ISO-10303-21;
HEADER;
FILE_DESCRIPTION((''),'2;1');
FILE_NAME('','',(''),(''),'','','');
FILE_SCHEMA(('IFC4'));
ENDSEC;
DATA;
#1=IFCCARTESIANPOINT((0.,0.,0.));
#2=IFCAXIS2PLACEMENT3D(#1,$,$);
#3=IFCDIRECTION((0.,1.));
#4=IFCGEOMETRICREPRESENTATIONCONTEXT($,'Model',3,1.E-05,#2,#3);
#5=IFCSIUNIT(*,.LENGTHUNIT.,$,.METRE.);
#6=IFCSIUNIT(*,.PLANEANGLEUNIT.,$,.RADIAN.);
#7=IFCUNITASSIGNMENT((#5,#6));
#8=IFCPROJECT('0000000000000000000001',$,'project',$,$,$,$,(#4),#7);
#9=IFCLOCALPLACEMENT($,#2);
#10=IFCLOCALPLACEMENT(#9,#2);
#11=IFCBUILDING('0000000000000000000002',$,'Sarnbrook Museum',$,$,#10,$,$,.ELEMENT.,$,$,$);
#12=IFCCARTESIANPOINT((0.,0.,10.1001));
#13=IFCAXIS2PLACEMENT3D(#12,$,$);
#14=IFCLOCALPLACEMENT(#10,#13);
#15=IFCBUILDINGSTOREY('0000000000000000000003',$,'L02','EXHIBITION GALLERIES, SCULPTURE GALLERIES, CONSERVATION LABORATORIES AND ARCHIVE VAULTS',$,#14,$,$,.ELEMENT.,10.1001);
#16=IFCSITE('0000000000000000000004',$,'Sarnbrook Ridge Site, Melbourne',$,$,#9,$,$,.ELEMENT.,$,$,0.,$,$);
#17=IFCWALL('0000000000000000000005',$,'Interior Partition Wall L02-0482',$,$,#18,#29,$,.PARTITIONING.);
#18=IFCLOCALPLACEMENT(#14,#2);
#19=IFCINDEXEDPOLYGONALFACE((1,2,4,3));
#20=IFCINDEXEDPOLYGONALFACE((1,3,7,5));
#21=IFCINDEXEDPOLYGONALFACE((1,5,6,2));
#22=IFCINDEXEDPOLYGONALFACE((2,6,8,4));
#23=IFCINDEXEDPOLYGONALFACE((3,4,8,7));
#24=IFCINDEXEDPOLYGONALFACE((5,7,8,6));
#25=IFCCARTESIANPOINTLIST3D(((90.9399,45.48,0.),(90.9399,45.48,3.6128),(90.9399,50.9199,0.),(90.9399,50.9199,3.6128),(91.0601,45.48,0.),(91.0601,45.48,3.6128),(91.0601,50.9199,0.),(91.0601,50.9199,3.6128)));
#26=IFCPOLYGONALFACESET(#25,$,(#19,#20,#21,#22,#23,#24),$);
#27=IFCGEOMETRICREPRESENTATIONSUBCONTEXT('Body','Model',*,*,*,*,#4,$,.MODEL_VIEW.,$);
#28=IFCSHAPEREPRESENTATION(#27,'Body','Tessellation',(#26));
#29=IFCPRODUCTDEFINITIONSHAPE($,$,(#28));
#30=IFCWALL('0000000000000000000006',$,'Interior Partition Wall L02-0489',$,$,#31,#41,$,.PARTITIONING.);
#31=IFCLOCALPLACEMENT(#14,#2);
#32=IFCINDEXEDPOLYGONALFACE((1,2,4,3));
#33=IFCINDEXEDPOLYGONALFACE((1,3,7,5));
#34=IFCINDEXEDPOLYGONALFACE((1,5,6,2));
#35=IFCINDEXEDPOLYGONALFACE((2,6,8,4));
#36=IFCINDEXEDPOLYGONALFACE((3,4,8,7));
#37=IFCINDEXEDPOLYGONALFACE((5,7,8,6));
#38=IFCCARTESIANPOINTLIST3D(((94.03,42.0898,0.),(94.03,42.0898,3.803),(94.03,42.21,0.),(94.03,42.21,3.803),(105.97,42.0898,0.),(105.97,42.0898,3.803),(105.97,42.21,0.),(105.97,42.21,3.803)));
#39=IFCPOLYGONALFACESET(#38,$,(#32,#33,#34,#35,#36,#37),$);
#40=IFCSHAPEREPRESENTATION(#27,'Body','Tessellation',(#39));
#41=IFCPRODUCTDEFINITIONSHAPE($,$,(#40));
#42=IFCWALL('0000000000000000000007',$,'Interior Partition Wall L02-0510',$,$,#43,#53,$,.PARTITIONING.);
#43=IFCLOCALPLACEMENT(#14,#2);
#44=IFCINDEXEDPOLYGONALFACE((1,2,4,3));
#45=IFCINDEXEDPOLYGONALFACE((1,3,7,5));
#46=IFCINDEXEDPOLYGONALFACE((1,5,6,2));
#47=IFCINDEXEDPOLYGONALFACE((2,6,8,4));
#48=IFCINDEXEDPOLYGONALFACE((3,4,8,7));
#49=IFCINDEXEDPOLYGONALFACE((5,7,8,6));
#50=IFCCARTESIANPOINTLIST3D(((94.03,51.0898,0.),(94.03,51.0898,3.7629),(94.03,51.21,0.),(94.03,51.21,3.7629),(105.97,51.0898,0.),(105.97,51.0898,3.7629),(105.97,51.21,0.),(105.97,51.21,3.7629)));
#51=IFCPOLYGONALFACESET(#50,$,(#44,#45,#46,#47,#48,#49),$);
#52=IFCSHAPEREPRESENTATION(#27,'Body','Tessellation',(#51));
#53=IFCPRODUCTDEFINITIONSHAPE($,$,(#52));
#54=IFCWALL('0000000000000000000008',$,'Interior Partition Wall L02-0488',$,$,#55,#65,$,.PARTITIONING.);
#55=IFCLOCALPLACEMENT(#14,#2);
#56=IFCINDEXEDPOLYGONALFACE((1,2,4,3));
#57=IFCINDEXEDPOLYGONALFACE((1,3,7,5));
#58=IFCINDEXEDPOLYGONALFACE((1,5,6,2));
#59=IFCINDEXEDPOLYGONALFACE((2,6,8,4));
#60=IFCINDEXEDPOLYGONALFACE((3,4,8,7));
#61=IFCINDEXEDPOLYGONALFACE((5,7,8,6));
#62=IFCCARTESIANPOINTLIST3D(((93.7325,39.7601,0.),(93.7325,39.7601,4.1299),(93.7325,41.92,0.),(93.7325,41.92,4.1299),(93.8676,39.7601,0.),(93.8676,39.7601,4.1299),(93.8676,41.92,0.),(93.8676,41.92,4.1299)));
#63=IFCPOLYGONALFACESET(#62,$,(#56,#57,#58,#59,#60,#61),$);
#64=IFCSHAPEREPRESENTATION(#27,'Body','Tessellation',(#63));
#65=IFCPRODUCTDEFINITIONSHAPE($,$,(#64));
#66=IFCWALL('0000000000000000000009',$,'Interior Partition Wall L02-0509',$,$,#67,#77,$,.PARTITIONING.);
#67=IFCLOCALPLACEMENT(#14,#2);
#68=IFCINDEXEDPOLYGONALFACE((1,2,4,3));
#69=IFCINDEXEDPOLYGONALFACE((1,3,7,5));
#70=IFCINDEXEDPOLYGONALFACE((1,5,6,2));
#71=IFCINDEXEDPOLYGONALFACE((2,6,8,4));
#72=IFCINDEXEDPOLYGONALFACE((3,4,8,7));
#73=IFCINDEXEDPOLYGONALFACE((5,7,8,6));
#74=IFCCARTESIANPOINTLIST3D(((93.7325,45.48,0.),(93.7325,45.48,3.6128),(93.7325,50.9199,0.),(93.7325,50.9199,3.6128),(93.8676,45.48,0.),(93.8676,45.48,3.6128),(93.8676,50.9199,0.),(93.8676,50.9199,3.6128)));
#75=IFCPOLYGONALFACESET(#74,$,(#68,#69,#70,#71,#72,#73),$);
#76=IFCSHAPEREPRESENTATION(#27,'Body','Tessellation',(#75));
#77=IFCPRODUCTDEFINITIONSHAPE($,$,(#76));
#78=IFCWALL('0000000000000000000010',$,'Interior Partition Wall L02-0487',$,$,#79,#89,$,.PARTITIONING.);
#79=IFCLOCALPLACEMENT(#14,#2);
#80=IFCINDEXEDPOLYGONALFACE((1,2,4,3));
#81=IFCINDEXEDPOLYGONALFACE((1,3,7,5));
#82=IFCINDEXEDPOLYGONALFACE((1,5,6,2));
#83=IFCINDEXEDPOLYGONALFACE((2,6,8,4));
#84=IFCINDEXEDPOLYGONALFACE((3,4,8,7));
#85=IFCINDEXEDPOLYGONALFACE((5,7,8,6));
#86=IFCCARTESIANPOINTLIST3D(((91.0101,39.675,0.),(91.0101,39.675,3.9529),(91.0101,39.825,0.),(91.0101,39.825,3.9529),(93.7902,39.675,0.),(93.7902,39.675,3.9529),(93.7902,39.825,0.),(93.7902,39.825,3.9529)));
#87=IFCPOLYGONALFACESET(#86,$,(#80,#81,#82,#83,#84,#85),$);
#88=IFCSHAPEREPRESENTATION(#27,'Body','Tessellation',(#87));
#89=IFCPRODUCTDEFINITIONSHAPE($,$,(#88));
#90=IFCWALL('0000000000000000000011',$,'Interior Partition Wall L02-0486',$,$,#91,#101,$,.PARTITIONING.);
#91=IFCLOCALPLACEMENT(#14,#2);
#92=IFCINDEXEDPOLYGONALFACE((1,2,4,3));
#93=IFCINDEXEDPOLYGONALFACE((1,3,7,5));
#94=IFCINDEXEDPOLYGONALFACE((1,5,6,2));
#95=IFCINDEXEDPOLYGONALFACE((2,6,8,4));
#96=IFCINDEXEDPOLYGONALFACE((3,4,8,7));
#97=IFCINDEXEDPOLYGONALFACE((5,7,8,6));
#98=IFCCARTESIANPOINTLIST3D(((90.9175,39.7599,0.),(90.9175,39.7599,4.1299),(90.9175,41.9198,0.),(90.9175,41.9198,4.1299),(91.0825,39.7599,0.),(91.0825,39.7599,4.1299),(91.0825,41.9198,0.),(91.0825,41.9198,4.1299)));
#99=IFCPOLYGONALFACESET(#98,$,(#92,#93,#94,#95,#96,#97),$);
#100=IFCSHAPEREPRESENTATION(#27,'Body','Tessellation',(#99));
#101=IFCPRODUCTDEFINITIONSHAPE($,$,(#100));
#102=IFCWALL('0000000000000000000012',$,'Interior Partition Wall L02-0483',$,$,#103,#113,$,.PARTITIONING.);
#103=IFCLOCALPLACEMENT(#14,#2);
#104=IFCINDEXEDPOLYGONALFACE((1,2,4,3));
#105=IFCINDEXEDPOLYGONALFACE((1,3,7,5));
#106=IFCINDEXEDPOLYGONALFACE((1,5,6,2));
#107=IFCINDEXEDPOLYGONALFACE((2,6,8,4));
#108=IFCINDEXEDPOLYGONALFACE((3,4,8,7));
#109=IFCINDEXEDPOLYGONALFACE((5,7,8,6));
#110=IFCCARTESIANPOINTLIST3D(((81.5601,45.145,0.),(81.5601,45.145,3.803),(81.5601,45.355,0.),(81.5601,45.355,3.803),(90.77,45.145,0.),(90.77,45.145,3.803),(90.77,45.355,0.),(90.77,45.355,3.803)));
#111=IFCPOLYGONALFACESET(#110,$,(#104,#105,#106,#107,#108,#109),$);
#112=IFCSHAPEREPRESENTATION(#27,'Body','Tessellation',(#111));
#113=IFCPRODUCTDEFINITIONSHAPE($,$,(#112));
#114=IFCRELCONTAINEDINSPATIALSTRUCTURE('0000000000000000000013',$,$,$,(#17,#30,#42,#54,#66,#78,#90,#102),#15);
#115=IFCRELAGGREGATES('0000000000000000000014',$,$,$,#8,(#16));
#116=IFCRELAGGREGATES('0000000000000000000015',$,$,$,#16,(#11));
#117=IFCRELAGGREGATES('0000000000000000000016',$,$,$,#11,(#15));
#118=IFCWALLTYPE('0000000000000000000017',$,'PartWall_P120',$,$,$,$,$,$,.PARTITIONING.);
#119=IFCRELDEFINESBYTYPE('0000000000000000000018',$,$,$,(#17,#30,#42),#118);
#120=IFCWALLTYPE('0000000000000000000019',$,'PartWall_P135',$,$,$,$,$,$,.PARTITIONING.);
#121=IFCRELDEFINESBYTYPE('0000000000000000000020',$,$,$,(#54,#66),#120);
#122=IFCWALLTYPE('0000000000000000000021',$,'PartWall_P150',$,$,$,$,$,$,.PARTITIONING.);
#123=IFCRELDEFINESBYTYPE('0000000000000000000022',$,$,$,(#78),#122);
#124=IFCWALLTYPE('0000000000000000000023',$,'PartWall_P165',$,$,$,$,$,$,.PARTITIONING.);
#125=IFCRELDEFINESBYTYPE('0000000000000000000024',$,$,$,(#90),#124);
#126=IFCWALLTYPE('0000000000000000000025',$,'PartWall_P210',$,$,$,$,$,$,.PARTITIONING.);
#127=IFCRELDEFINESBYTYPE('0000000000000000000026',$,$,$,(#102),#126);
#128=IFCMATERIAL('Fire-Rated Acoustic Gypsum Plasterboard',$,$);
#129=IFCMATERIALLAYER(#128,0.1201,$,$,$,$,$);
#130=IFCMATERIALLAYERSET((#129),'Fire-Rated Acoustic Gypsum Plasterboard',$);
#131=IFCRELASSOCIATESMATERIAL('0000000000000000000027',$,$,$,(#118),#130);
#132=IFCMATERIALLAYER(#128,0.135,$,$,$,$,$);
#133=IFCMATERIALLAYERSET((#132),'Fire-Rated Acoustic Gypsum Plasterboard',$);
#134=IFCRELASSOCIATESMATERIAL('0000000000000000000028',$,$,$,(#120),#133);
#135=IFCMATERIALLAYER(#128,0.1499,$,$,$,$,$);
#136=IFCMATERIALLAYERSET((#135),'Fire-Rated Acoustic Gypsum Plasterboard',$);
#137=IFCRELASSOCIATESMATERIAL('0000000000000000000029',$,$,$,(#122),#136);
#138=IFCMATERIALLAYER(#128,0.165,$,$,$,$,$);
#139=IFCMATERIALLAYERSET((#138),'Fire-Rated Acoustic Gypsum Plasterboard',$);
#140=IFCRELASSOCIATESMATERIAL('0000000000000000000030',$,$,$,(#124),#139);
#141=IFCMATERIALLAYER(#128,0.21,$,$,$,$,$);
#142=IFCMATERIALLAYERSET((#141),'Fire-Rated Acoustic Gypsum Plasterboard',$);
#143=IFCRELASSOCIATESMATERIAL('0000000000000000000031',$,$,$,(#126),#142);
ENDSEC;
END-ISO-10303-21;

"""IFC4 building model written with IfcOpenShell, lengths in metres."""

from ifc_helpers import new_model, si_unit, direction, frame, frame_2d, origin, place, context, subcontext, project, spatial, rectangle, extrude, material, layer, layer_set, type_object, element, save


model = new_model("IFC4")

# Units and contexts
model_context = context("Model", 3, precision=1e-05, world=origin(), true_north=direction((0.0, 1.0)))
body_context = subcontext(model_context, "Body", "Model", "MODEL_VIEW")
ifc_project = project(units=[si_unit("LENGTHUNIT", "METRE"), si_unit("PLANEANGLEUNIT", "RADIAN")], contexts=[model_context])

# Site, building, storey
site_placement = place(None, origin())
site = spatial("IfcSite", under=ifc_project, at=site_placement, Name="Sarnbrook Ridge Site, Melbourne", CompositionType="ELEMENT", RefElevation=0.0)
building_placement = place(site_placement, origin())
building = spatial("IfcBuilding", under=site, at=building_placement, Name="Sarnbrook Museum", CompositionType="ELEMENT")
storey_placement = place(building_placement, frame((0.0, 0.0, 10.1001)))
storey = spatial("IfcBuildingStorey", under=building, at=storey_placement, Name="L02", Description="EXHIBITION GALLERIES, SCULPTURE GALLERIES, CONSERVATION LABORATORIES AND ARCHIVE VAULTS", CompositionType="ELEMENT", Elevation=10.1001)

# Walls
ifc_material_1 = material(Name="Fire-Rated Acoustic Gypsum Plasterboard")
ifc_layer_1 = layer(ifc_material_1, 0.1201)
ifc_layer_set_1 = layer_set([ifc_layer_1], Name="Fire-Rated Acoustic Gypsum Plasterboard")
wall_type_1 = type_object("IfcWallType", Name="PartWall_P120", PredefinedType="PARTITIONING", material=ifc_layer_set_1)
wall_1_placement = place(storey_placement, frame((91.0, 50.9199, 0.0), z_axis=(0.0, 0.0, 1.0), x_axis=(0.0, -1.0, 0.0)))
element("IfcWall", 1, at=wall_1_placement, inside=storey, type_object=wall_type_1, Name="Interior Partition Wall L02-0482", PredefinedType="PARTITIONING", context=body_context, shape_type="SweptSolid", body=[
    extrude(rectangle(XDim=5.4399, YDim=0.1201, at=frame_2d((2.72, 0.0))), origin(), (0.0, 0.0, 1.0), 3.6128),
])
wall_2_placement = place(storey_placement, frame((94.03, 42.1499, 0.0), z_axis=(0.0, 0.0, 1.0), x_axis=(1.0, 0.0, 0.0)))
element("IfcWall", 2, at=wall_2_placement, inside=storey, type_object=wall_type_1, Name="Interior Partition Wall L02-0489", PredefinedType="PARTITIONING", context=body_context, shape_type="SweptSolid", body=[
    extrude(rectangle(XDim=11.9399, YDim=0.1201, at=frame_2d((5.97, 0.0))), origin(), (0.0, 0.0, 1.0), 3.803),
])
wall_3_placement = place(storey_placement, frame((94.03, 51.1499, 0.0), z_axis=(0.0, 0.0, 1.0), x_axis=(1.0, 0.0, 0.0)))
element("IfcWall", 3, at=wall_3_placement, inside=storey, type_object=wall_type_1, Name="Interior Partition Wall L02-0510", PredefinedType="PARTITIONING", context=body_context, shape_type="SweptSolid", body=[
    extrude(rectangle(XDim=11.9399, YDim=0.1201, at=frame_2d((5.97, 0.0))), origin(), (0.0, 0.0, 1.0), 3.7629),
])
ifc_layer_2 = layer(ifc_material_1, 0.135)
ifc_layer_set_2 = layer_set([ifc_layer_2], Name="Fire-Rated Acoustic Gypsum Plasterboard")
wall_type_2 = type_object("IfcWallType", Name="PartWall_P135", PredefinedType="PARTITIONING", material=ifc_layer_set_2)
wall_4_placement = place(storey_placement, frame((93.8, 39.76, 0.0), z_axis=(0.0, 0.0, 1.0), x_axis=(0.0, 1.0, 0.0)))
element("IfcWall", 4, at=wall_4_placement, inside=storey, type_object=wall_type_2, Name="Interior Partition Wall L02-0488", PredefinedType="PARTITIONING", context=body_context, shape_type="SweptSolid", body=[
    extrude(rectangle(XDim=2.1599, YDim=0.135, at=frame_2d((1.0801, 0.0))), origin(), (0.0, 0.0, 1.0), 4.1299),
])
wall_5_placement = place(storey_placement, frame((93.8, 45.48, 0.0), z_axis=(0.0, 0.0, 1.0), x_axis=(0.0, 1.0, 0.0)))
element("IfcWall", 5, at=wall_5_placement, inside=storey, type_object=wall_type_2, Name="Interior Partition Wall L02-0509", PredefinedType="PARTITIONING", context=body_context, shape_type="SweptSolid", body=[
    extrude(rectangle(XDim=5.4399, YDim=0.135, at=frame_2d((2.72, 0.0))), origin(), (0.0, 0.0, 1.0), 3.6128),
])
ifc_layer_3 = layer(ifc_material_1, 0.1499)
ifc_layer_set_3 = layer_set([ifc_layer_3], Name="Fire-Rated Acoustic Gypsum Plasterboard")
wall_type_3 = type_object("IfcWallType", Name="PartWall_P150", PredefinedType="PARTITIONING", material=ifc_layer_set_3)
wall_6_placement = place(storey_placement, frame((91.01, 39.75, 0.0), z_axis=(0.0, 0.0, 1.0), x_axis=(1.0, 0.0, 0.0)))
element("IfcWall", 6, at=wall_6_placement, inside=storey, type_object=wall_type_3, Name="Interior Partition Wall L02-0487", PredefinedType="PARTITIONING", context=body_context, shape_type="SweptSolid", body=[
    extrude(rectangle(XDim=2.78, YDim=0.1499, at=frame_2d((1.3901, 0.0))), origin(), (0.0, 0.0, 1.0), 3.9529),
])
ifc_layer_4 = layer(ifc_material_1, 0.165)
ifc_layer_set_4 = layer_set([ifc_layer_4], Name="Fire-Rated Acoustic Gypsum Plasterboard")
wall_type_4 = type_object("IfcWallType", Name="PartWall_P165", PredefinedType="PARTITIONING", material=ifc_layer_set_4)
wall_7_placement = place(storey_placement, frame((91.0, 41.9199, 0.0), z_axis=(0.0, 0.0, 1.0), x_axis=(0.0, -1.0, 0.0)))
element("IfcWall", 7, at=wall_7_placement, inside=storey, type_object=wall_type_4, Name="Interior Partition Wall L02-0486", PredefinedType="PARTITIONING", context=body_context, shape_type="SweptSolid", body=[
    extrude(rectangle(XDim=2.1599, YDim=0.165, at=frame_2d((1.0801, 0.0))), origin(), (0.0, 0.0, 1.0), 4.1299),
])
ifc_layer_5 = layer(ifc_material_1, 0.21)
ifc_layer_set_5 = layer_set([ifc_layer_5], Name="Fire-Rated Acoustic Gypsum Plasterboard")
wall_type_5 = type_object("IfcWallType", Name="PartWall_P210", PredefinedType="PARTITIONING", material=ifc_layer_set_5)
wall_8_placement = place(storey_placement, frame((90.77, 45.25, 0.0), z_axis=(0.0, 0.0, 1.0), x_axis=(-1.0, 0.0, 0.0)))
element("IfcWall", 8, at=wall_8_placement, inside=storey, type_object=wall_type_5, Name="Interior Partition Wall L02-0483", PredefinedType="PARTITIONING", context=body_context, shape_type="SweptSolid", body=[
    extrude(rectangle(XDim=9.21, YDim=0.21, at=frame_2d((4.605, 0.0))), origin(), (0.0, 0.0, 1.0), 3.803),
])

save(model, "model.ifc")
